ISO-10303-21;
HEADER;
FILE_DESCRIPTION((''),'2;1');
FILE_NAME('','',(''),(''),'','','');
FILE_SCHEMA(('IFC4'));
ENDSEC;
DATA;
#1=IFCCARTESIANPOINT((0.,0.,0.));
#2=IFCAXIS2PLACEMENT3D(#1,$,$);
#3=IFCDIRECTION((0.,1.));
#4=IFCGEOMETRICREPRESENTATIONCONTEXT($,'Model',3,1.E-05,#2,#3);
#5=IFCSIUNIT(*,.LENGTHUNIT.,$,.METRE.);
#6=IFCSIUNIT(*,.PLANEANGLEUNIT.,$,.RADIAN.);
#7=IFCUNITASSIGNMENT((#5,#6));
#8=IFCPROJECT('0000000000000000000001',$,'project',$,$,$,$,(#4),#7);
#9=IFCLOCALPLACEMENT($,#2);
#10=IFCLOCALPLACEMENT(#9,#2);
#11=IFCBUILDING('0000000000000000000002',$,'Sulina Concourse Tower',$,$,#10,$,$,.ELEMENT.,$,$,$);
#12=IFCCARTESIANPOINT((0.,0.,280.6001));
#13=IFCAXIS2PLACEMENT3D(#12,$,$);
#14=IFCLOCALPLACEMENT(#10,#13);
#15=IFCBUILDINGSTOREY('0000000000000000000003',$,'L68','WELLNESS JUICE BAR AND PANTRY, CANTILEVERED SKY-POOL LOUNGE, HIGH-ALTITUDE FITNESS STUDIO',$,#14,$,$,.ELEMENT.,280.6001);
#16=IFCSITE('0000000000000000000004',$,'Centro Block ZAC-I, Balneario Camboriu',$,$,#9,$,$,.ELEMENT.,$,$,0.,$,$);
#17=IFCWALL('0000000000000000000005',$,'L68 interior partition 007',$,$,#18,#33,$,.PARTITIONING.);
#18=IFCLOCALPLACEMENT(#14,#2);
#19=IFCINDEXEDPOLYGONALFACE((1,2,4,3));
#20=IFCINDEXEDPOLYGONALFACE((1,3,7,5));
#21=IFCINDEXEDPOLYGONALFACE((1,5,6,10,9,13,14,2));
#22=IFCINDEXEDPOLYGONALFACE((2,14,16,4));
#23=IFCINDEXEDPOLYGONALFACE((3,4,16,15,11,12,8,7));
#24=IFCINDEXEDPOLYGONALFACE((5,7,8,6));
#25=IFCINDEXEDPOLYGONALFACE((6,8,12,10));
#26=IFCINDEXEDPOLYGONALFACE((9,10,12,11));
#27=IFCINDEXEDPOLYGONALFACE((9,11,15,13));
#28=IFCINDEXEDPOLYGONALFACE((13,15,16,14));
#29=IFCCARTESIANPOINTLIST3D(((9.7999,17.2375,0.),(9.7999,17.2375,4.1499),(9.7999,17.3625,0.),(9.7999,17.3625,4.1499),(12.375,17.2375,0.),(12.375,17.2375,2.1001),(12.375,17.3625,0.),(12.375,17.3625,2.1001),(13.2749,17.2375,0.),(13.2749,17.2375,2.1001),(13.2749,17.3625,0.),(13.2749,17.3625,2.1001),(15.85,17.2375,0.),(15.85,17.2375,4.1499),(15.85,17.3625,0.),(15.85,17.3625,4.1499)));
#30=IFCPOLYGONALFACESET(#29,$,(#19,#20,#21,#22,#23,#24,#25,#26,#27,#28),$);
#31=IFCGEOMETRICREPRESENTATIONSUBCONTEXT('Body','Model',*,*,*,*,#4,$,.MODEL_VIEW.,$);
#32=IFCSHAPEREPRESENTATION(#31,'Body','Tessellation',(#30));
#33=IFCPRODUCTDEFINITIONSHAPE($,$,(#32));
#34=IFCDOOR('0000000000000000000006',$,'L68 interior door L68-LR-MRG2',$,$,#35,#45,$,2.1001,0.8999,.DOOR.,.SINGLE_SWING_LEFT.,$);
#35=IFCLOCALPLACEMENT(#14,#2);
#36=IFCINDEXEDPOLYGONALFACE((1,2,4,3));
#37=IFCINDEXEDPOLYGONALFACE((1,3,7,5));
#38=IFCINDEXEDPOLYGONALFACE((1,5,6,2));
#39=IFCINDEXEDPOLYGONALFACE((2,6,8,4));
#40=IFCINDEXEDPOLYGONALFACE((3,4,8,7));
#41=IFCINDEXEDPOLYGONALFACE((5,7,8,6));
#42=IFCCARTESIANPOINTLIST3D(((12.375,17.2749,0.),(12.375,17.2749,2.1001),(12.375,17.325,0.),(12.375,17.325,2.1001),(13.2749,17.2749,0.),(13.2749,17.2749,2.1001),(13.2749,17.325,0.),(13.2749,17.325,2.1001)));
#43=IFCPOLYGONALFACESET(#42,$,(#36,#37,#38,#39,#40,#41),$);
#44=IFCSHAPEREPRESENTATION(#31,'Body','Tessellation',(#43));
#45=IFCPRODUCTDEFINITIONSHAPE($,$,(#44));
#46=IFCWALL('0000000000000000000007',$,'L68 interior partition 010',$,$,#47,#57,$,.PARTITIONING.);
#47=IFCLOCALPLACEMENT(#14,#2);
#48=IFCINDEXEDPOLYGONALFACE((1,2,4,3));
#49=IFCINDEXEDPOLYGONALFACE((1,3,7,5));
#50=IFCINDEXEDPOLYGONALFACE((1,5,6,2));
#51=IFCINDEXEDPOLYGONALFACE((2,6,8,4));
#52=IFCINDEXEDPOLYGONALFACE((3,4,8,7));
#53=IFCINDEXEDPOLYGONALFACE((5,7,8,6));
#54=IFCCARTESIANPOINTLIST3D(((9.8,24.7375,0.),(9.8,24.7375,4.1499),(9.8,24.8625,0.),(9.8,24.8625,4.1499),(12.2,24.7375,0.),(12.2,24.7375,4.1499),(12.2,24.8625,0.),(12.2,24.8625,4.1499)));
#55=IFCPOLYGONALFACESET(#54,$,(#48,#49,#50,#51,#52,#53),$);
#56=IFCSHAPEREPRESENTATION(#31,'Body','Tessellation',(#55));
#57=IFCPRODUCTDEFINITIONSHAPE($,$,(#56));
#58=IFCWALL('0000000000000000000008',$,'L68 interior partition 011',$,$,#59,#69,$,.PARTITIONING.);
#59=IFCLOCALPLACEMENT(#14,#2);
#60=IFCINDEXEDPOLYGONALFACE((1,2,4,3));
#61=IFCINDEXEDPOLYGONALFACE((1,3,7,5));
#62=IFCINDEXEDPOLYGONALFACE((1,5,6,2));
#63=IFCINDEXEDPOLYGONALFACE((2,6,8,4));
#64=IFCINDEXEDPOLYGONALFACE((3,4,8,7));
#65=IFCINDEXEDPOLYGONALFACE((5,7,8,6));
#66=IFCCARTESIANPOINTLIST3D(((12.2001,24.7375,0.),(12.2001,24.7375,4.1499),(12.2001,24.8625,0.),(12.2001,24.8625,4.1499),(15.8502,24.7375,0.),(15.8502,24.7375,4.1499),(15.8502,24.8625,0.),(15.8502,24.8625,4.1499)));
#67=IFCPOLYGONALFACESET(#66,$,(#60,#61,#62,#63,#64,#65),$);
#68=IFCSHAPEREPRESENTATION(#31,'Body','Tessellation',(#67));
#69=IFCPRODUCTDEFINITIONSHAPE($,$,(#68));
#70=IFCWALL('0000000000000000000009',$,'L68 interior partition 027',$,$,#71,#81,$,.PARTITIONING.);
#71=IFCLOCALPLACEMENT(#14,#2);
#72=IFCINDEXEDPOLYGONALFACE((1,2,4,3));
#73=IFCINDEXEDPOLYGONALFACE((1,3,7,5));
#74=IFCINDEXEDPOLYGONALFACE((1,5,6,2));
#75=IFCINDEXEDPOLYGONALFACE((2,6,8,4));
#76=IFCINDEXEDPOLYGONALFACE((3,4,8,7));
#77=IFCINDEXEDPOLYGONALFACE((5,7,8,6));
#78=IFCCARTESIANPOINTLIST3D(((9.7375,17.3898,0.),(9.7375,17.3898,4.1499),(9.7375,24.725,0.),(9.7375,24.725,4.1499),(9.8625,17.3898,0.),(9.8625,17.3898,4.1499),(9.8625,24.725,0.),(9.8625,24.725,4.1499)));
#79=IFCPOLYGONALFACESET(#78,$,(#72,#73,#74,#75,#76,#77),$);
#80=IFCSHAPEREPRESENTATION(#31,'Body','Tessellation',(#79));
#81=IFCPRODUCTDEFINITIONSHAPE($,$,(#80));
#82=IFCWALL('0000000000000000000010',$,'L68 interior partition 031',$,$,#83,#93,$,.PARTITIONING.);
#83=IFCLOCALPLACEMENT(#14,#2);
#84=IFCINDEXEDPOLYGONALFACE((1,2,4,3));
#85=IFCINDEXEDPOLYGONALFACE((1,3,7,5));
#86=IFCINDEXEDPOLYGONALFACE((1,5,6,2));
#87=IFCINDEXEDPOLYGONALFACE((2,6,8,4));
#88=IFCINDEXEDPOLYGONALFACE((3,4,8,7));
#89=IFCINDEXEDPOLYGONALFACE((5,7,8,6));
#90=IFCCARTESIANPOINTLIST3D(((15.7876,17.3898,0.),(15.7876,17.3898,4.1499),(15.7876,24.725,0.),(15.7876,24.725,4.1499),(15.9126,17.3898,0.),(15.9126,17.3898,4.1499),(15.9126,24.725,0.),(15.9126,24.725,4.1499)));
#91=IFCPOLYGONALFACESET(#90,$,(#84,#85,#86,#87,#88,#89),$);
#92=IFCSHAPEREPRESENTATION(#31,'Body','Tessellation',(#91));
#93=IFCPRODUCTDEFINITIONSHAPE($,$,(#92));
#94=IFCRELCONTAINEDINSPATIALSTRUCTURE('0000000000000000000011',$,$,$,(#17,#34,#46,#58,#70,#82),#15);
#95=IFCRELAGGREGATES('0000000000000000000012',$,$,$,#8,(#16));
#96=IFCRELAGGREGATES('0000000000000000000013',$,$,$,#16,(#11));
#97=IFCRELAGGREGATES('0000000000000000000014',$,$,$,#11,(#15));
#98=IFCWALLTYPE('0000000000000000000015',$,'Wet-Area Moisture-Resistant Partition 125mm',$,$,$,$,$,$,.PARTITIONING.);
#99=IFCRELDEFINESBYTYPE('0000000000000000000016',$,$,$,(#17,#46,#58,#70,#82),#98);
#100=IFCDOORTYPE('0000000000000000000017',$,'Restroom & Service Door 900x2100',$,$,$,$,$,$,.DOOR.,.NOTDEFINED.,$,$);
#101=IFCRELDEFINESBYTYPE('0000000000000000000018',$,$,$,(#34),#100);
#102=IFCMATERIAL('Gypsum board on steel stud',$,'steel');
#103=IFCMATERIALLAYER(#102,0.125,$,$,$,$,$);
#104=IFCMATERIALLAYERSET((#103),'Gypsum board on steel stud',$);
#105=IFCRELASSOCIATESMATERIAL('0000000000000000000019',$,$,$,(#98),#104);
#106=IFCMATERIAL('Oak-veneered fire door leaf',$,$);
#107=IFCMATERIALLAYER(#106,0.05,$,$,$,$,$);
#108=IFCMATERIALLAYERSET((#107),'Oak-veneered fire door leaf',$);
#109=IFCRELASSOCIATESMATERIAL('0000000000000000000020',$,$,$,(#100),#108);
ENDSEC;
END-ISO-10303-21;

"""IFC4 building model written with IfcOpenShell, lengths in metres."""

from ifc_helpers import new_model, si_unit, direction, frame, frame_2d, origin, place, context, subcontext, project, spatial, rectangle, extrude, material, layer, layer_set, type_object, element, fill, save


model = new_model("IFC4")

# Units and contexts
model_context = context("Model", 3, precision=1e-05, world=origin(), true_north=direction((0.0, 1.0)))
body_context = subcontext(model_context, "Body", "Model", "MODEL_VIEW")
ifc_project = project(units=[si_unit("LENGTHUNIT", "METRE"), si_unit("PLANEANGLEUNIT", "RADIAN")], contexts=[model_context])

# Site, building, storey
site_placement = place(None, origin())
site = spatial("IfcSite", under=ifc_project, at=site_placement, Name="Centro Block ZAC-I, Balneario Camboriu", CompositionType="ELEMENT", RefElevation=0.0)
building_placement = place(site_placement, origin())
building = spatial("IfcBuilding", under=site, at=building_placement, Name="Sulina Concourse Tower", CompositionType="ELEMENT")
storey_placement = place(building_placement, frame((0.0, 0.0, 280.6001)))
storey = spatial("IfcBuildingStorey", under=building, at=storey_placement, Name="L68", Description="WELLNESS JUICE BAR AND PANTRY, CANTILEVERED SKY-POOL LOUNGE, HIGH-ALTITUDE FITNESS STUDIO", CompositionType="ELEMENT", Elevation=280.6001)

# Wall, opening, door
ifc_material_1 = material(Name="Gypsum board on steel stud", Category="steel")
ifc_layer_1 = layer(ifc_material_1, 0.125)
ifc_layer_set_1 = layer_set([ifc_layer_1], Name="Gypsum board on steel stud")
wall_type_1 = type_object("IfcWallType", Name="Wet-Area Moisture-Resistant Partition 125mm", PredefinedType="PARTITIONING", material=ifc_layer_set_1)
wall_1_placement = place(storey_placement, frame((9.8, 17.3, 0.0), z_axis=(0.0, 0.0, 1.0), x_axis=(1.0, 0.0, 0.0)))
wall_1 = element("IfcWall", 1, at=wall_1_placement, inside=storey, type_object=wall_type_1, Name="L68 interior partition 007", PredefinedType="PARTITIONING", context=body_context, shape_type="SweptSolid", body=[
    extrude(rectangle(XDim=6.05, YDim=0.125, at=frame_2d((3.0249, 0.0))), origin(), (0.0, 0.0, 1.0), 4.1499),
])
opening_1_placement = place(wall_1_placement, frame((2.575, 0.0, 0.0)))
opening_1 = element("IfcOpeningElement", 2, at=opening_1_placement, cuts=wall_1, PredefinedType="OPENING", context=body_context, shape_type="SweptSolid", body=[
    extrude(rectangle(XDim=0.8999, YDim=2.1001, at=frame_2d((0.45, 1.05))), frame((0.0, 0.0725, 0.0), z_axis=(0.0, -1.0, 0.0), x_axis=(1.0, 0.0, 0.0)), (0.0, 0.0, 1.0), 0.145),
])
ifc_material_2 = material(Name="Oak-veneered fire door leaf")
ifc_layer_2 = layer(ifc_material_2, 0.05)
ifc_layer_set_2 = layer_set([ifc_layer_2], Name="Oak-veneered fire door leaf")
door_type_1 = type_object("IfcDoorType", Name="Restroom & Service Door 900x2100", OperationType="NOTDEFINED", PredefinedType="DOOR", material=ifc_layer_set_2)
door_1_placement = place(opening_1_placement, origin())
door_1 = element("IfcDoor", 3, at=door_1_placement, inside=storey, type_object=door_type_1, Name="L68 interior door L68-LR-MRG2", OperationType="SINGLE_SWING_LEFT", OverallHeight=2.1001, OverallWidth=0.8999, PredefinedType="DOOR", context=body_context, shape_type="SweptSolid", body=[
    extrude(rectangle(XDim=0.8999, YDim=2.1001, at=frame_2d((0.45, 1.05))), frame((0.0, 0.0249, 0.0), z_axis=(0.0, -1.0, 0.0), x_axis=(1.0, 0.0, 0.0)), (0.0, 0.0, 1.0), 0.05),
])
fill(opening_1, door_1)

# Walls
wall_2_placement = place(storey_placement, frame((9.8, 24.8, 0.0), z_axis=(0.0, 0.0, 1.0), x_axis=(1.0, 0.0, 0.0)))
element("IfcWall", 4, at=wall_2_placement, inside=storey, type_object=wall_type_1, Name="L68 interior partition 010", PredefinedType="PARTITIONING", context=body_context, shape_type="SweptSolid", body=[
    extrude(rectangle(XDim=2.3999, YDim=0.125, at=frame_2d((1.2, 0.0))), origin(), (0.0, 0.0, 1.0), 4.1499),
])
wall_3_placement = place(storey_placement, frame((12.2, 24.8, 0.0), z_axis=(0.0, 0.0, 1.0), x_axis=(1.0, 0.0, 0.0)))
element("IfcWall", 5, at=wall_3_placement, inside=storey, type_object=wall_type_1, Name="L68 interior partition 011", PredefinedType="PARTITIONING", context=body_context, shape_type="SweptSolid", body=[
    extrude(rectangle(XDim=3.6501, YDim=0.125, at=frame_2d((1.8252, 0.0))), origin(), (0.0, 0.0, 1.0), 4.1499),
])
for number, where, z_axis, x_axis, name in (
    (6, (9.8, 17.3899, 0.0), (0.0, 0.0, 1.0), (0.0, 1.0, 0.0), "L68 interior partition 027"),
    (7, (15.8501, 17.3899, 0.0), (0.0, 0.0, 1.0), (0.0, 1.0, 0.0), "L68 interior partition 031"),
):
    element("IfcWall", number, at=place(storey_placement, frame(where, z_axis=z_axis, x_axis=x_axis)), inside=storey, type_object=wall_type_1, Name=name, PredefinedType="PARTITIONING", context=body_context, shape_type="SweptSolid", body=[
        extrude(rectangle(XDim=7.3352, YDim=0.125, at=frame_2d((3.6675, 0.0))), origin(), (0.0, 0.0, 1.0), 4.1499),
    ])

save(model, "model.ifc")
